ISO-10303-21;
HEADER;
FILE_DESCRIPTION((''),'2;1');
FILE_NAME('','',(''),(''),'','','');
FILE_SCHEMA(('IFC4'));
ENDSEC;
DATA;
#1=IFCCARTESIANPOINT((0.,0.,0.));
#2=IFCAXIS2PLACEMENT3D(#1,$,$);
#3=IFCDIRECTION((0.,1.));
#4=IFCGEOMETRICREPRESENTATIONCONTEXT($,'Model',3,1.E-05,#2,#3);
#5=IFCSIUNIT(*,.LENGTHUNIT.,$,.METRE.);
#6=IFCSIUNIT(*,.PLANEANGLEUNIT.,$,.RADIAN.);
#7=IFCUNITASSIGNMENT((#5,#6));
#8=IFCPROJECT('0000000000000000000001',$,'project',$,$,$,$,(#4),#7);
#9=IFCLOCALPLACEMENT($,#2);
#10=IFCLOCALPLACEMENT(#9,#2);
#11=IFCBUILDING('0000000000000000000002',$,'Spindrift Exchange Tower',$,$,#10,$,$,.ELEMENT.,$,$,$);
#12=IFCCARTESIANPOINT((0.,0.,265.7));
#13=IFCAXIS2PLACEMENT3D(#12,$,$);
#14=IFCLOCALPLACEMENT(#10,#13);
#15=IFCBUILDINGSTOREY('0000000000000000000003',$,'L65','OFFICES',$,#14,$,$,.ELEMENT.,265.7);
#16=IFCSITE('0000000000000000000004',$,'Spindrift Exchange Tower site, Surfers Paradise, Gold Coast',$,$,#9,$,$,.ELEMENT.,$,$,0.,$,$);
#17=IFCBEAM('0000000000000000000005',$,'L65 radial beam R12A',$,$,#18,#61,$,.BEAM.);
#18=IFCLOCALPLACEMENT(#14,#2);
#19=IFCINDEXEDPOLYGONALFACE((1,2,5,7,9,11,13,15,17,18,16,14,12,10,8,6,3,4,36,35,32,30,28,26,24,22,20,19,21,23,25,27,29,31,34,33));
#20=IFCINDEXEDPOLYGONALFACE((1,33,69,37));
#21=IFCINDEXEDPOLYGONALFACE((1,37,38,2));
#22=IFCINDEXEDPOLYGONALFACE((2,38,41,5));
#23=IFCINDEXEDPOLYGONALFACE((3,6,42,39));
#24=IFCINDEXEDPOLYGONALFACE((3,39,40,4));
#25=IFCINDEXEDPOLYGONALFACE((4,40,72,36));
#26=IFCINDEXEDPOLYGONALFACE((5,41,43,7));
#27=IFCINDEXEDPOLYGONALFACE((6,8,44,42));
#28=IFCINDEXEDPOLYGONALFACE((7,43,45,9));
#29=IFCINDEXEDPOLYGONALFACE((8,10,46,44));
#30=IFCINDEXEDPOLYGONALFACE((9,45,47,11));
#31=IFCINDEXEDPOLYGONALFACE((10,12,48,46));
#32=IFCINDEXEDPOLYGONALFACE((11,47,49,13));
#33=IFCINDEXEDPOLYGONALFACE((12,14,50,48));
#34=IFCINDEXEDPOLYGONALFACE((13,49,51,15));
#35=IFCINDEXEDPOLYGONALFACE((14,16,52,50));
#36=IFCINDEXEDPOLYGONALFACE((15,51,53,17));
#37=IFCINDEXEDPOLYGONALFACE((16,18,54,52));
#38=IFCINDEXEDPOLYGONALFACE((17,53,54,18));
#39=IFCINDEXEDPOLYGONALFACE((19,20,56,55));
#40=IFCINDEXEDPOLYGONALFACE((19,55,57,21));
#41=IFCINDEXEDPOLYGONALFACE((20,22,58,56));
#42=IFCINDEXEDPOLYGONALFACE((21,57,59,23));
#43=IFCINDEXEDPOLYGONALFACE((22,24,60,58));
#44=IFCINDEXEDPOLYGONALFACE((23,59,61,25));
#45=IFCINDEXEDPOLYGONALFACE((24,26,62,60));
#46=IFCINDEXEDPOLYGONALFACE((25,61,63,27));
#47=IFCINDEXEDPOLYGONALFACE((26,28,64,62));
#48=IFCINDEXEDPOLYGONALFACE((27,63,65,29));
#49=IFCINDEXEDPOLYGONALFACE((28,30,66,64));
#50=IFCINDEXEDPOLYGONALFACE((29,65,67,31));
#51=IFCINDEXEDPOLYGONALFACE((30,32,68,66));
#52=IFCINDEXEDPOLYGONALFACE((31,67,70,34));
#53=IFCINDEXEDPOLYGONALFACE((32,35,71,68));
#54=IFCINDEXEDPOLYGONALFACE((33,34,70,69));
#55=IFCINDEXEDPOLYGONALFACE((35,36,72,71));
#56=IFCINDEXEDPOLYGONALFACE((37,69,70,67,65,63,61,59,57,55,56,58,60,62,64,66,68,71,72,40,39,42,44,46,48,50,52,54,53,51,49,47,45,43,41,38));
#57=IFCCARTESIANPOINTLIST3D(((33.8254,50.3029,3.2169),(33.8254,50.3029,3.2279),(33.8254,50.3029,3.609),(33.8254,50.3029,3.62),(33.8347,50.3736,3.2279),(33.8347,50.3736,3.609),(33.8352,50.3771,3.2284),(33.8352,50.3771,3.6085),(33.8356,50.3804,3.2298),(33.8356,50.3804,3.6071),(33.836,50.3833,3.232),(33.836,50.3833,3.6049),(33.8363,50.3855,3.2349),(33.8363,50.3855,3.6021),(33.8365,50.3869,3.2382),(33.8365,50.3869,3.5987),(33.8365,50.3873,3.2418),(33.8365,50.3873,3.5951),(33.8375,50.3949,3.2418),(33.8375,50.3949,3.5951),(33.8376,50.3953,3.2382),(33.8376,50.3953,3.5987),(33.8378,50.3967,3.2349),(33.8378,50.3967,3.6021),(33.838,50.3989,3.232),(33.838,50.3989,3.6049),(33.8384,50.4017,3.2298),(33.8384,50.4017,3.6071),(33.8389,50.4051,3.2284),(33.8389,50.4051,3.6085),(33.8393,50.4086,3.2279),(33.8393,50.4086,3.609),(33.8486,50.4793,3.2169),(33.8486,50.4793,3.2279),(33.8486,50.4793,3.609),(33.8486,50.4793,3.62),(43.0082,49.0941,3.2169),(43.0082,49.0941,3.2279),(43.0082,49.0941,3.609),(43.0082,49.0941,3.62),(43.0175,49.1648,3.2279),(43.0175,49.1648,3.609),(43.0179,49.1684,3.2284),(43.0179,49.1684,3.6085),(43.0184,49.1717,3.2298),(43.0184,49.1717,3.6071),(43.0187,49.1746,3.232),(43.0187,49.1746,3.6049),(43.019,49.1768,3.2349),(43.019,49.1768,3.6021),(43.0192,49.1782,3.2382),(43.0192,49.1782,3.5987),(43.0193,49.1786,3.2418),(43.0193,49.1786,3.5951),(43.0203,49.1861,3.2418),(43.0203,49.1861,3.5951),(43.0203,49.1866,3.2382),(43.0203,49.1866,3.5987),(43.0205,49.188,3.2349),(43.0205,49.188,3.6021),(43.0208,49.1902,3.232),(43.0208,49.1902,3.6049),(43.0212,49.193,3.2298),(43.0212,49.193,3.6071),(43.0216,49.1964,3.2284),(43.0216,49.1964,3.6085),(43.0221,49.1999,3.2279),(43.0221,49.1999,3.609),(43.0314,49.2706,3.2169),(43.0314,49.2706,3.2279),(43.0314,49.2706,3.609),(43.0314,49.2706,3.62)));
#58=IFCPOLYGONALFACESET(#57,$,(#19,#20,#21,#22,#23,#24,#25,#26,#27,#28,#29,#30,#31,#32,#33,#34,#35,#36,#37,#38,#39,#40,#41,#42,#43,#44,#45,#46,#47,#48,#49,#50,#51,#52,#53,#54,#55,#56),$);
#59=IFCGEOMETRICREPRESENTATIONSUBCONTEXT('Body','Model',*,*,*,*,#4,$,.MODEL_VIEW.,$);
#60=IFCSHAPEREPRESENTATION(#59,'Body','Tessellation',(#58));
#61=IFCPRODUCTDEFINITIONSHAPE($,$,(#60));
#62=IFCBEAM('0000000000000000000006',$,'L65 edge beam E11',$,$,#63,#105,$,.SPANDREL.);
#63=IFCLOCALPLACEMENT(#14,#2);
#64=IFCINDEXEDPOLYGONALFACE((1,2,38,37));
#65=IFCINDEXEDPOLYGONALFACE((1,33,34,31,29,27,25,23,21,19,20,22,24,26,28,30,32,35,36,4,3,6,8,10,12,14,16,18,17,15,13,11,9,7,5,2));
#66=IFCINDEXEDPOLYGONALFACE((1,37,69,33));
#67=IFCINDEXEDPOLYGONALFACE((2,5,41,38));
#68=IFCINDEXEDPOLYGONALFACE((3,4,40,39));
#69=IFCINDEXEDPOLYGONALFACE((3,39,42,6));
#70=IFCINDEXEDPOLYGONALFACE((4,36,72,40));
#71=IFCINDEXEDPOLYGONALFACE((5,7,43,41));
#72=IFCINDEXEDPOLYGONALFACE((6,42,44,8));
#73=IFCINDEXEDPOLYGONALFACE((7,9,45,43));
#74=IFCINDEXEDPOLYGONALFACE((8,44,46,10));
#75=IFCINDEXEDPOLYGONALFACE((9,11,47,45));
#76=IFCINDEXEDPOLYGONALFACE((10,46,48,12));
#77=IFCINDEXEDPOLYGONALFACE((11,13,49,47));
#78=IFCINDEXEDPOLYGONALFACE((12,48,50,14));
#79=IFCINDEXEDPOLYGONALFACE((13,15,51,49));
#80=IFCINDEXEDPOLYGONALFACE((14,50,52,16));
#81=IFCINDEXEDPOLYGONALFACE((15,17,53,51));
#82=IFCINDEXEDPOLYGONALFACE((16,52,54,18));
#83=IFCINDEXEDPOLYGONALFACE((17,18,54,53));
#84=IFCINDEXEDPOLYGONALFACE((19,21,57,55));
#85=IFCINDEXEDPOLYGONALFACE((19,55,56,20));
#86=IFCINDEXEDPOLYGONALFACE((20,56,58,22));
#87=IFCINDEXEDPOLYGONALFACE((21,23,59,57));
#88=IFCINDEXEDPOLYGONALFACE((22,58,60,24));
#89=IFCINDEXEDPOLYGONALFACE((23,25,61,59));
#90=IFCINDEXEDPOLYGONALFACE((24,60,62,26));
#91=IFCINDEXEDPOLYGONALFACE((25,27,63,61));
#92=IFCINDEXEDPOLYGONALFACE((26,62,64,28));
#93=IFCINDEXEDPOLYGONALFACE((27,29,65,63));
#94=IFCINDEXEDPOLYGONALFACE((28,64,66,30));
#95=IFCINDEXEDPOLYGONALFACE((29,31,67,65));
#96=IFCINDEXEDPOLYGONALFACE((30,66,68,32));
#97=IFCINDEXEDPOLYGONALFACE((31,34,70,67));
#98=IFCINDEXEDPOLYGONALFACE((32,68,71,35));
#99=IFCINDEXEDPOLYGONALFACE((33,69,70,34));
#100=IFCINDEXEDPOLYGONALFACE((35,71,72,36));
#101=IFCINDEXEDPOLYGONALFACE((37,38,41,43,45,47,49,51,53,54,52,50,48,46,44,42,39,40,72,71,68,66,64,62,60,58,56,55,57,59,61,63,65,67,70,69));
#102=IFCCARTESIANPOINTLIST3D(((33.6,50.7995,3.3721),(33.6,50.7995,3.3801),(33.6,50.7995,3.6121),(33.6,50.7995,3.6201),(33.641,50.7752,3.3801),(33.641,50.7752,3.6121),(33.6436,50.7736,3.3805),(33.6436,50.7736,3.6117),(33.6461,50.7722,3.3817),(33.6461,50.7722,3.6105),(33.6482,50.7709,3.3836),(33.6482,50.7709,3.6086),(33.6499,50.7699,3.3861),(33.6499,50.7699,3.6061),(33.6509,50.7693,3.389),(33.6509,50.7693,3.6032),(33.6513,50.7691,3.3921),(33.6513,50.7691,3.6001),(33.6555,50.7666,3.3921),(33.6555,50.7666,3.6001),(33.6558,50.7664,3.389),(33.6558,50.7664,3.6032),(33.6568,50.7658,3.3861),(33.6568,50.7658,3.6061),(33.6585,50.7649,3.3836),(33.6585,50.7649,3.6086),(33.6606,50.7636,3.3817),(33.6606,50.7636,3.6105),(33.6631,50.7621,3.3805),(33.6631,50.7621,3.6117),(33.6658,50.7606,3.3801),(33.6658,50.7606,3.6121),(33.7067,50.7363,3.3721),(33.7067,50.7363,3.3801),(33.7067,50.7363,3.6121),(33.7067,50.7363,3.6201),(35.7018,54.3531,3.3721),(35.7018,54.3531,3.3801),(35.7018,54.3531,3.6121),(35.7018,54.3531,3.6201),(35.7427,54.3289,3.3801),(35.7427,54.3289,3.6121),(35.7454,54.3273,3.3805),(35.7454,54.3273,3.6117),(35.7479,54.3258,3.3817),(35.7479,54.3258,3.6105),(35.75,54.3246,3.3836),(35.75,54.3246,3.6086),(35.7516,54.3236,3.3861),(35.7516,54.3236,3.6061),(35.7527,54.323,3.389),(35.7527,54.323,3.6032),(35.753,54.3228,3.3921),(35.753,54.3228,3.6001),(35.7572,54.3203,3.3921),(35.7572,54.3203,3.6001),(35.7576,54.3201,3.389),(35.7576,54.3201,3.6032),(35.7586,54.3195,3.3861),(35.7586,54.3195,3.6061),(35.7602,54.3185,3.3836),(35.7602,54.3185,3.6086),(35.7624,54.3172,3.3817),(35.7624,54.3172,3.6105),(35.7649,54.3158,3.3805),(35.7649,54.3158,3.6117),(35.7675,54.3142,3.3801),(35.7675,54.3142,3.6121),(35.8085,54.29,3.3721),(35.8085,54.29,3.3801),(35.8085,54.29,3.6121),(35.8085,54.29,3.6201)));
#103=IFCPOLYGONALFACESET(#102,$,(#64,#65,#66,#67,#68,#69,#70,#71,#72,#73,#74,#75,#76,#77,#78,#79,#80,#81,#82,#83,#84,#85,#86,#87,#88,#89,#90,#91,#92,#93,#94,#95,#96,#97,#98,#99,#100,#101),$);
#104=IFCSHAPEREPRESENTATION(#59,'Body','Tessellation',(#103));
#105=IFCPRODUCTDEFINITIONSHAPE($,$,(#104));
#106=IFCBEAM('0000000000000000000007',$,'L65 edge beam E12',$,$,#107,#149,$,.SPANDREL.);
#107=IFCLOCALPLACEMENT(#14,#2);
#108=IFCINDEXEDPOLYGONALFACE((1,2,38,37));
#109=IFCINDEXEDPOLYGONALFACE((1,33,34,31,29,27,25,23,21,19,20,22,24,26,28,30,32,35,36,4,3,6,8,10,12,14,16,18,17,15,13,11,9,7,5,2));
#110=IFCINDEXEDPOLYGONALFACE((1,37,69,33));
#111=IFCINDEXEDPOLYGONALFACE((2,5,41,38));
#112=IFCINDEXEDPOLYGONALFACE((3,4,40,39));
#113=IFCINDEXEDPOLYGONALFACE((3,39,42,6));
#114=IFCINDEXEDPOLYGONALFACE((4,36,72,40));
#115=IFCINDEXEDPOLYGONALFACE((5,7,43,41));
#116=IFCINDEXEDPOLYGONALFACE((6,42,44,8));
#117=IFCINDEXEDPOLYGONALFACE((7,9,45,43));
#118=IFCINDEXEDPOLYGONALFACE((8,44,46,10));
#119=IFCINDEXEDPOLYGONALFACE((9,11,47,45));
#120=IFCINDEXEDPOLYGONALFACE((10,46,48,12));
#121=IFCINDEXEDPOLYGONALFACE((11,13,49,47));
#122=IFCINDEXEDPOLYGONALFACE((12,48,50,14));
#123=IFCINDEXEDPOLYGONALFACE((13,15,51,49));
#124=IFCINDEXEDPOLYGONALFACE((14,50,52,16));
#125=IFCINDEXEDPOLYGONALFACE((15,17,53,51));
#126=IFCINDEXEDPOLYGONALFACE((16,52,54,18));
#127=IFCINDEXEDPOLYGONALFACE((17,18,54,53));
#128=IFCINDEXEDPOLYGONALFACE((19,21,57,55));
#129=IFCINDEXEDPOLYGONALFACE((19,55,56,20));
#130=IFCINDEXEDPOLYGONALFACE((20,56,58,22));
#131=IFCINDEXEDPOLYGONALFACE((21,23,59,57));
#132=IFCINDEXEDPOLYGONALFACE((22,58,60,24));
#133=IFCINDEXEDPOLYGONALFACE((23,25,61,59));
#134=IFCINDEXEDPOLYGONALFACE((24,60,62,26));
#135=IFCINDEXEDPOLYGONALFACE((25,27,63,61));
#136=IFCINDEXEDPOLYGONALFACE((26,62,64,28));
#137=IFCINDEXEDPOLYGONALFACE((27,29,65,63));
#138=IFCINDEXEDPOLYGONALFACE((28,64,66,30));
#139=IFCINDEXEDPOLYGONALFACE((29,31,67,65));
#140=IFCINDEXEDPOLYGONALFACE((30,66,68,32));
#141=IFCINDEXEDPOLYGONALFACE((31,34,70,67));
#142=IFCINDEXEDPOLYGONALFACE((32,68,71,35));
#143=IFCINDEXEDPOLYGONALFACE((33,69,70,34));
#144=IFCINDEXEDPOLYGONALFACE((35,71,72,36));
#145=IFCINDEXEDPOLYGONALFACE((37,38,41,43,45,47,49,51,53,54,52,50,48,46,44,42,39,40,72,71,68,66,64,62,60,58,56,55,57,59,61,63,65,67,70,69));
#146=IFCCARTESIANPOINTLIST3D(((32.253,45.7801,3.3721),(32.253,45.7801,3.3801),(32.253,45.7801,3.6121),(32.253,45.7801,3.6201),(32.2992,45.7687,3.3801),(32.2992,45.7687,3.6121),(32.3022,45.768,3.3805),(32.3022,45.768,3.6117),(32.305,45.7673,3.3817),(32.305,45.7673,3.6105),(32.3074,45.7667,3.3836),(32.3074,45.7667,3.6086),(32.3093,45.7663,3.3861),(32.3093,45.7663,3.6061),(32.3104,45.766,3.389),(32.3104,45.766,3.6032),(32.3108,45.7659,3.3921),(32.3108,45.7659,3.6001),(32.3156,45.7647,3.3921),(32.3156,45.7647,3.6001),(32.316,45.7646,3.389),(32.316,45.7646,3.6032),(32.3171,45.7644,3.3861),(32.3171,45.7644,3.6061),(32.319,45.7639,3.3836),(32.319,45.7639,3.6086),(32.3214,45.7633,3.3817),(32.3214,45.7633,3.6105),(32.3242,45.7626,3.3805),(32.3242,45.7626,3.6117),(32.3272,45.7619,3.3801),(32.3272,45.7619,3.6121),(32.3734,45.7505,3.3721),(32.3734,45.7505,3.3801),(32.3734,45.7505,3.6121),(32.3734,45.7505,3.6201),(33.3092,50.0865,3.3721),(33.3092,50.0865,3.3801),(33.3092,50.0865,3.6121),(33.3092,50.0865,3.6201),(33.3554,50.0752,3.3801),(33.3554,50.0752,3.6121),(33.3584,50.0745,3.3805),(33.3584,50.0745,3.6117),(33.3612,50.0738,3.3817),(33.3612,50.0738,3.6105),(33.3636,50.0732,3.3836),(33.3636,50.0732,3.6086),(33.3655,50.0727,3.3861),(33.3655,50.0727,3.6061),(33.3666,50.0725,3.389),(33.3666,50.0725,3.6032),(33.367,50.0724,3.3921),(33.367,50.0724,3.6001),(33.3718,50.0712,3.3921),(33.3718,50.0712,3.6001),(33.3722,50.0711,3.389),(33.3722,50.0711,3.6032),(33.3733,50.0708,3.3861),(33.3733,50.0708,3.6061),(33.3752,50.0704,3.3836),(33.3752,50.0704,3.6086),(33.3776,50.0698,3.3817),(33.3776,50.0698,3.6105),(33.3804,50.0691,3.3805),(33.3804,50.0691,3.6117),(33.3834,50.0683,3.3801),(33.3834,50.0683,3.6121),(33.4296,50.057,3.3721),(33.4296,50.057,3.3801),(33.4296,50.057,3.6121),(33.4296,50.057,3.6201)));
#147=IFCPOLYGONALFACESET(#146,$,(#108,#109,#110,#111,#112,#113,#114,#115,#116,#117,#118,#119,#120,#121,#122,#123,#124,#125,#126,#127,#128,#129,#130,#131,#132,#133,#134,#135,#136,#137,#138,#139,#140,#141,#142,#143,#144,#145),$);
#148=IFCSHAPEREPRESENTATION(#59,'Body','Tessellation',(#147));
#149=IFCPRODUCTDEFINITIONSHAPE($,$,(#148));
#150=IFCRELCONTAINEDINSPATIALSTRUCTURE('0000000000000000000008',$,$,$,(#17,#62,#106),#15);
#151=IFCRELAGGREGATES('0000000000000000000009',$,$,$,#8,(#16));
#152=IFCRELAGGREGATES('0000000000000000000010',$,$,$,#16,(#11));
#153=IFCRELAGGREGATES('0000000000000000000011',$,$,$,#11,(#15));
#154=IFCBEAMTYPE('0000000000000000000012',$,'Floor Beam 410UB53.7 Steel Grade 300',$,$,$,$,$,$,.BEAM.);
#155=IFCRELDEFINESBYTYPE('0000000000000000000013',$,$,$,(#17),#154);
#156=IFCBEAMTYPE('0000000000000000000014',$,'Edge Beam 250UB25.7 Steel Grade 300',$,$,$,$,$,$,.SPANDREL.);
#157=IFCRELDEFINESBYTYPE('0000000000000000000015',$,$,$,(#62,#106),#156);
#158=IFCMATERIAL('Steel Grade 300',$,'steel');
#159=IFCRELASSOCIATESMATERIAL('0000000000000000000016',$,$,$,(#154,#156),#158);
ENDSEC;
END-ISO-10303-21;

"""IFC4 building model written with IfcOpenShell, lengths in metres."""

from ifc_helpers import new_model, si_unit, direction, frame, origin, origin_2d, place, context, subcontext, project, spatial, i_section, extrude, source, transform, mapped, material, material_profile, profile_set, type_object, element, save


model = new_model("IFC4")

# Units and contexts
model_context = context("Model", 3, precision=1e-05, world=origin(), true_north=direction((0.0, 1.0)))
body_context = subcontext(model_context, "Body", "Model", "MODEL_VIEW")
ifc_project = project(units=[si_unit("LENGTHUNIT", "METRE"), si_unit("PLANEANGLEUNIT", "RADIAN")], contexts=[model_context])

# Site, building, storey
site_placement = place(None, origin())
site = spatial("IfcSite", under=ifc_project, at=site_placement, Name="Spindrift Exchange Tower site, Surfers Paradise, Gold Coast", CompositionType="ELEMENT", RefElevation=0.0)
building_placement = place(site_placement, origin())
building = spatial("IfcBuilding", under=site, at=building_placement, Name="Spindrift Exchange Tower", CompositionType="ELEMENT")
storey_placement = place(building_placement, frame((0.0, 0.0, 265.7)))
storey = spatial("IfcBuildingStorey", under=building, at=storey_placement, Name="L65", Description="OFFICES", CompositionType="ELEMENT", Elevation=265.7)

# Beams
ifc_material_1 = material(Name="Steel Grade 300", Category="steel")
ifc_material_profile_1 = material_profile(ifc_material_1, i_section(OverallWidth=0.178, OverallDepth=0.4031, WebThickness=0.0076, FlangeThickness=0.011, FilletRadius=0.0139, at=origin_2d()), Name="410UB53.7")
ifc_profile_set_1 = profile_set([ifc_material_profile_1], Name="Steel Grade 300")
beam_type_1 = type_object("IfcBeamType", Name="Floor Beam 410UB53.7 Steel Grade 300", PredefinedType="BEAM", material=ifc_profile_set_1)
shared_shape_1 = source(origin(), body_context, "Body", "SweptSolid", [
    extrude(i_section(OverallWidth=0.178, OverallDepth=0.4031, WebThickness=0.0076, FlangeThickness=0.011, FilletRadius=0.0139, at=origin_2d()), origin(), (0.0, 0.0, 1.0), 9.262),
])
beam_1_placement = place(storey_placement, frame((43.0198, 49.1824, 3.4185), z_axis=(-0.991448, 0.130504, 0.0), x_axis=(-0.130504, -0.991448, 0.0)))
element("IfcBeam", 1, at=beam_1_placement, inside=storey, type_object=beam_type_1, Name="L65 radial beam R12A", PredefinedType="BEAM", context=body_context, shape_type="MappedRepresentation", body=[
    mapped(shared_shape_1, transform((0.0, 0.0, 0.0), scale=1.0)),
])
ifc_material_profile_2 = material_profile(ifc_material_1, i_section(OverallWidth=0.124, OverallDepth=0.248, WebThickness=0.0049, FlangeThickness=0.0081, FilletRadius=0.012, at=origin_2d()), Name="250UB25.7")
ifc_profile_set_2 = profile_set([ifc_material_profile_2], Name="Steel Grade 300")
beam_type_2 = type_object("IfcBeamType", Name="Edge Beam 250UB25.7 Steel Grade 300", PredefinedType="SPANDREL", material=ifc_profile_set_2)
shared_shape_2 = source(origin(), body_context, "Body", "SweptSolid", [
    extrude(i_section(OverallWidth=0.124, OverallDepth=0.248, WebThickness=0.0049, FlangeThickness=0.0081, FilletRadius=0.012, at=origin_2d()), origin(), (0.0, 0.0, 1.0), 4.1287),
])
beam_2_placement = place(storey_placement, frame((35.7551, 54.3215, 3.4961), z_axis=(-0.509068, -0.860726, 0.0), x_axis=(0.860726, -0.509068, 0.0)))
element("IfcBeam", 2, at=beam_2_placement, inside=storey, type_object=beam_type_2, Name="L65 edge beam E11", PredefinedType="SPANDREL", context=body_context, shape_type="MappedRepresentation", body=[
    mapped(shared_shape_2, transform((0.0, 0.0, 0.0), scale=1.0)),
])
shared_shape_3 = source(origin(), body_context, "Body", "SweptSolid", [
    extrude(i_section(OverallWidth=0.124, OverallDepth=0.248, WebThickness=0.0049, FlangeThickness=0.0081, FilletRadius=0.012, at=origin_2d()), origin(), (0.0, 0.0, 1.0), 4.4341),
])
beam_3_placement = place(storey_placement, frame((33.3694, 50.0718, 3.4961), z_axis=(-0.238193, -0.971218, 0.0), x_axis=(0.971218, -0.238193, 0.0)))
element("IfcBeam", 3, at=beam_3_placement, inside=storey, type_object=beam_type_2, Name="L65 edge beam E12", PredefinedType="SPANDREL", context=body_context, shape_type="MappedRepresentation", body=[
    mapped(shared_shape_3, transform((0.0, 0.0, 0.0), scale=1.0)),
])

save(model, "model.ifc")
